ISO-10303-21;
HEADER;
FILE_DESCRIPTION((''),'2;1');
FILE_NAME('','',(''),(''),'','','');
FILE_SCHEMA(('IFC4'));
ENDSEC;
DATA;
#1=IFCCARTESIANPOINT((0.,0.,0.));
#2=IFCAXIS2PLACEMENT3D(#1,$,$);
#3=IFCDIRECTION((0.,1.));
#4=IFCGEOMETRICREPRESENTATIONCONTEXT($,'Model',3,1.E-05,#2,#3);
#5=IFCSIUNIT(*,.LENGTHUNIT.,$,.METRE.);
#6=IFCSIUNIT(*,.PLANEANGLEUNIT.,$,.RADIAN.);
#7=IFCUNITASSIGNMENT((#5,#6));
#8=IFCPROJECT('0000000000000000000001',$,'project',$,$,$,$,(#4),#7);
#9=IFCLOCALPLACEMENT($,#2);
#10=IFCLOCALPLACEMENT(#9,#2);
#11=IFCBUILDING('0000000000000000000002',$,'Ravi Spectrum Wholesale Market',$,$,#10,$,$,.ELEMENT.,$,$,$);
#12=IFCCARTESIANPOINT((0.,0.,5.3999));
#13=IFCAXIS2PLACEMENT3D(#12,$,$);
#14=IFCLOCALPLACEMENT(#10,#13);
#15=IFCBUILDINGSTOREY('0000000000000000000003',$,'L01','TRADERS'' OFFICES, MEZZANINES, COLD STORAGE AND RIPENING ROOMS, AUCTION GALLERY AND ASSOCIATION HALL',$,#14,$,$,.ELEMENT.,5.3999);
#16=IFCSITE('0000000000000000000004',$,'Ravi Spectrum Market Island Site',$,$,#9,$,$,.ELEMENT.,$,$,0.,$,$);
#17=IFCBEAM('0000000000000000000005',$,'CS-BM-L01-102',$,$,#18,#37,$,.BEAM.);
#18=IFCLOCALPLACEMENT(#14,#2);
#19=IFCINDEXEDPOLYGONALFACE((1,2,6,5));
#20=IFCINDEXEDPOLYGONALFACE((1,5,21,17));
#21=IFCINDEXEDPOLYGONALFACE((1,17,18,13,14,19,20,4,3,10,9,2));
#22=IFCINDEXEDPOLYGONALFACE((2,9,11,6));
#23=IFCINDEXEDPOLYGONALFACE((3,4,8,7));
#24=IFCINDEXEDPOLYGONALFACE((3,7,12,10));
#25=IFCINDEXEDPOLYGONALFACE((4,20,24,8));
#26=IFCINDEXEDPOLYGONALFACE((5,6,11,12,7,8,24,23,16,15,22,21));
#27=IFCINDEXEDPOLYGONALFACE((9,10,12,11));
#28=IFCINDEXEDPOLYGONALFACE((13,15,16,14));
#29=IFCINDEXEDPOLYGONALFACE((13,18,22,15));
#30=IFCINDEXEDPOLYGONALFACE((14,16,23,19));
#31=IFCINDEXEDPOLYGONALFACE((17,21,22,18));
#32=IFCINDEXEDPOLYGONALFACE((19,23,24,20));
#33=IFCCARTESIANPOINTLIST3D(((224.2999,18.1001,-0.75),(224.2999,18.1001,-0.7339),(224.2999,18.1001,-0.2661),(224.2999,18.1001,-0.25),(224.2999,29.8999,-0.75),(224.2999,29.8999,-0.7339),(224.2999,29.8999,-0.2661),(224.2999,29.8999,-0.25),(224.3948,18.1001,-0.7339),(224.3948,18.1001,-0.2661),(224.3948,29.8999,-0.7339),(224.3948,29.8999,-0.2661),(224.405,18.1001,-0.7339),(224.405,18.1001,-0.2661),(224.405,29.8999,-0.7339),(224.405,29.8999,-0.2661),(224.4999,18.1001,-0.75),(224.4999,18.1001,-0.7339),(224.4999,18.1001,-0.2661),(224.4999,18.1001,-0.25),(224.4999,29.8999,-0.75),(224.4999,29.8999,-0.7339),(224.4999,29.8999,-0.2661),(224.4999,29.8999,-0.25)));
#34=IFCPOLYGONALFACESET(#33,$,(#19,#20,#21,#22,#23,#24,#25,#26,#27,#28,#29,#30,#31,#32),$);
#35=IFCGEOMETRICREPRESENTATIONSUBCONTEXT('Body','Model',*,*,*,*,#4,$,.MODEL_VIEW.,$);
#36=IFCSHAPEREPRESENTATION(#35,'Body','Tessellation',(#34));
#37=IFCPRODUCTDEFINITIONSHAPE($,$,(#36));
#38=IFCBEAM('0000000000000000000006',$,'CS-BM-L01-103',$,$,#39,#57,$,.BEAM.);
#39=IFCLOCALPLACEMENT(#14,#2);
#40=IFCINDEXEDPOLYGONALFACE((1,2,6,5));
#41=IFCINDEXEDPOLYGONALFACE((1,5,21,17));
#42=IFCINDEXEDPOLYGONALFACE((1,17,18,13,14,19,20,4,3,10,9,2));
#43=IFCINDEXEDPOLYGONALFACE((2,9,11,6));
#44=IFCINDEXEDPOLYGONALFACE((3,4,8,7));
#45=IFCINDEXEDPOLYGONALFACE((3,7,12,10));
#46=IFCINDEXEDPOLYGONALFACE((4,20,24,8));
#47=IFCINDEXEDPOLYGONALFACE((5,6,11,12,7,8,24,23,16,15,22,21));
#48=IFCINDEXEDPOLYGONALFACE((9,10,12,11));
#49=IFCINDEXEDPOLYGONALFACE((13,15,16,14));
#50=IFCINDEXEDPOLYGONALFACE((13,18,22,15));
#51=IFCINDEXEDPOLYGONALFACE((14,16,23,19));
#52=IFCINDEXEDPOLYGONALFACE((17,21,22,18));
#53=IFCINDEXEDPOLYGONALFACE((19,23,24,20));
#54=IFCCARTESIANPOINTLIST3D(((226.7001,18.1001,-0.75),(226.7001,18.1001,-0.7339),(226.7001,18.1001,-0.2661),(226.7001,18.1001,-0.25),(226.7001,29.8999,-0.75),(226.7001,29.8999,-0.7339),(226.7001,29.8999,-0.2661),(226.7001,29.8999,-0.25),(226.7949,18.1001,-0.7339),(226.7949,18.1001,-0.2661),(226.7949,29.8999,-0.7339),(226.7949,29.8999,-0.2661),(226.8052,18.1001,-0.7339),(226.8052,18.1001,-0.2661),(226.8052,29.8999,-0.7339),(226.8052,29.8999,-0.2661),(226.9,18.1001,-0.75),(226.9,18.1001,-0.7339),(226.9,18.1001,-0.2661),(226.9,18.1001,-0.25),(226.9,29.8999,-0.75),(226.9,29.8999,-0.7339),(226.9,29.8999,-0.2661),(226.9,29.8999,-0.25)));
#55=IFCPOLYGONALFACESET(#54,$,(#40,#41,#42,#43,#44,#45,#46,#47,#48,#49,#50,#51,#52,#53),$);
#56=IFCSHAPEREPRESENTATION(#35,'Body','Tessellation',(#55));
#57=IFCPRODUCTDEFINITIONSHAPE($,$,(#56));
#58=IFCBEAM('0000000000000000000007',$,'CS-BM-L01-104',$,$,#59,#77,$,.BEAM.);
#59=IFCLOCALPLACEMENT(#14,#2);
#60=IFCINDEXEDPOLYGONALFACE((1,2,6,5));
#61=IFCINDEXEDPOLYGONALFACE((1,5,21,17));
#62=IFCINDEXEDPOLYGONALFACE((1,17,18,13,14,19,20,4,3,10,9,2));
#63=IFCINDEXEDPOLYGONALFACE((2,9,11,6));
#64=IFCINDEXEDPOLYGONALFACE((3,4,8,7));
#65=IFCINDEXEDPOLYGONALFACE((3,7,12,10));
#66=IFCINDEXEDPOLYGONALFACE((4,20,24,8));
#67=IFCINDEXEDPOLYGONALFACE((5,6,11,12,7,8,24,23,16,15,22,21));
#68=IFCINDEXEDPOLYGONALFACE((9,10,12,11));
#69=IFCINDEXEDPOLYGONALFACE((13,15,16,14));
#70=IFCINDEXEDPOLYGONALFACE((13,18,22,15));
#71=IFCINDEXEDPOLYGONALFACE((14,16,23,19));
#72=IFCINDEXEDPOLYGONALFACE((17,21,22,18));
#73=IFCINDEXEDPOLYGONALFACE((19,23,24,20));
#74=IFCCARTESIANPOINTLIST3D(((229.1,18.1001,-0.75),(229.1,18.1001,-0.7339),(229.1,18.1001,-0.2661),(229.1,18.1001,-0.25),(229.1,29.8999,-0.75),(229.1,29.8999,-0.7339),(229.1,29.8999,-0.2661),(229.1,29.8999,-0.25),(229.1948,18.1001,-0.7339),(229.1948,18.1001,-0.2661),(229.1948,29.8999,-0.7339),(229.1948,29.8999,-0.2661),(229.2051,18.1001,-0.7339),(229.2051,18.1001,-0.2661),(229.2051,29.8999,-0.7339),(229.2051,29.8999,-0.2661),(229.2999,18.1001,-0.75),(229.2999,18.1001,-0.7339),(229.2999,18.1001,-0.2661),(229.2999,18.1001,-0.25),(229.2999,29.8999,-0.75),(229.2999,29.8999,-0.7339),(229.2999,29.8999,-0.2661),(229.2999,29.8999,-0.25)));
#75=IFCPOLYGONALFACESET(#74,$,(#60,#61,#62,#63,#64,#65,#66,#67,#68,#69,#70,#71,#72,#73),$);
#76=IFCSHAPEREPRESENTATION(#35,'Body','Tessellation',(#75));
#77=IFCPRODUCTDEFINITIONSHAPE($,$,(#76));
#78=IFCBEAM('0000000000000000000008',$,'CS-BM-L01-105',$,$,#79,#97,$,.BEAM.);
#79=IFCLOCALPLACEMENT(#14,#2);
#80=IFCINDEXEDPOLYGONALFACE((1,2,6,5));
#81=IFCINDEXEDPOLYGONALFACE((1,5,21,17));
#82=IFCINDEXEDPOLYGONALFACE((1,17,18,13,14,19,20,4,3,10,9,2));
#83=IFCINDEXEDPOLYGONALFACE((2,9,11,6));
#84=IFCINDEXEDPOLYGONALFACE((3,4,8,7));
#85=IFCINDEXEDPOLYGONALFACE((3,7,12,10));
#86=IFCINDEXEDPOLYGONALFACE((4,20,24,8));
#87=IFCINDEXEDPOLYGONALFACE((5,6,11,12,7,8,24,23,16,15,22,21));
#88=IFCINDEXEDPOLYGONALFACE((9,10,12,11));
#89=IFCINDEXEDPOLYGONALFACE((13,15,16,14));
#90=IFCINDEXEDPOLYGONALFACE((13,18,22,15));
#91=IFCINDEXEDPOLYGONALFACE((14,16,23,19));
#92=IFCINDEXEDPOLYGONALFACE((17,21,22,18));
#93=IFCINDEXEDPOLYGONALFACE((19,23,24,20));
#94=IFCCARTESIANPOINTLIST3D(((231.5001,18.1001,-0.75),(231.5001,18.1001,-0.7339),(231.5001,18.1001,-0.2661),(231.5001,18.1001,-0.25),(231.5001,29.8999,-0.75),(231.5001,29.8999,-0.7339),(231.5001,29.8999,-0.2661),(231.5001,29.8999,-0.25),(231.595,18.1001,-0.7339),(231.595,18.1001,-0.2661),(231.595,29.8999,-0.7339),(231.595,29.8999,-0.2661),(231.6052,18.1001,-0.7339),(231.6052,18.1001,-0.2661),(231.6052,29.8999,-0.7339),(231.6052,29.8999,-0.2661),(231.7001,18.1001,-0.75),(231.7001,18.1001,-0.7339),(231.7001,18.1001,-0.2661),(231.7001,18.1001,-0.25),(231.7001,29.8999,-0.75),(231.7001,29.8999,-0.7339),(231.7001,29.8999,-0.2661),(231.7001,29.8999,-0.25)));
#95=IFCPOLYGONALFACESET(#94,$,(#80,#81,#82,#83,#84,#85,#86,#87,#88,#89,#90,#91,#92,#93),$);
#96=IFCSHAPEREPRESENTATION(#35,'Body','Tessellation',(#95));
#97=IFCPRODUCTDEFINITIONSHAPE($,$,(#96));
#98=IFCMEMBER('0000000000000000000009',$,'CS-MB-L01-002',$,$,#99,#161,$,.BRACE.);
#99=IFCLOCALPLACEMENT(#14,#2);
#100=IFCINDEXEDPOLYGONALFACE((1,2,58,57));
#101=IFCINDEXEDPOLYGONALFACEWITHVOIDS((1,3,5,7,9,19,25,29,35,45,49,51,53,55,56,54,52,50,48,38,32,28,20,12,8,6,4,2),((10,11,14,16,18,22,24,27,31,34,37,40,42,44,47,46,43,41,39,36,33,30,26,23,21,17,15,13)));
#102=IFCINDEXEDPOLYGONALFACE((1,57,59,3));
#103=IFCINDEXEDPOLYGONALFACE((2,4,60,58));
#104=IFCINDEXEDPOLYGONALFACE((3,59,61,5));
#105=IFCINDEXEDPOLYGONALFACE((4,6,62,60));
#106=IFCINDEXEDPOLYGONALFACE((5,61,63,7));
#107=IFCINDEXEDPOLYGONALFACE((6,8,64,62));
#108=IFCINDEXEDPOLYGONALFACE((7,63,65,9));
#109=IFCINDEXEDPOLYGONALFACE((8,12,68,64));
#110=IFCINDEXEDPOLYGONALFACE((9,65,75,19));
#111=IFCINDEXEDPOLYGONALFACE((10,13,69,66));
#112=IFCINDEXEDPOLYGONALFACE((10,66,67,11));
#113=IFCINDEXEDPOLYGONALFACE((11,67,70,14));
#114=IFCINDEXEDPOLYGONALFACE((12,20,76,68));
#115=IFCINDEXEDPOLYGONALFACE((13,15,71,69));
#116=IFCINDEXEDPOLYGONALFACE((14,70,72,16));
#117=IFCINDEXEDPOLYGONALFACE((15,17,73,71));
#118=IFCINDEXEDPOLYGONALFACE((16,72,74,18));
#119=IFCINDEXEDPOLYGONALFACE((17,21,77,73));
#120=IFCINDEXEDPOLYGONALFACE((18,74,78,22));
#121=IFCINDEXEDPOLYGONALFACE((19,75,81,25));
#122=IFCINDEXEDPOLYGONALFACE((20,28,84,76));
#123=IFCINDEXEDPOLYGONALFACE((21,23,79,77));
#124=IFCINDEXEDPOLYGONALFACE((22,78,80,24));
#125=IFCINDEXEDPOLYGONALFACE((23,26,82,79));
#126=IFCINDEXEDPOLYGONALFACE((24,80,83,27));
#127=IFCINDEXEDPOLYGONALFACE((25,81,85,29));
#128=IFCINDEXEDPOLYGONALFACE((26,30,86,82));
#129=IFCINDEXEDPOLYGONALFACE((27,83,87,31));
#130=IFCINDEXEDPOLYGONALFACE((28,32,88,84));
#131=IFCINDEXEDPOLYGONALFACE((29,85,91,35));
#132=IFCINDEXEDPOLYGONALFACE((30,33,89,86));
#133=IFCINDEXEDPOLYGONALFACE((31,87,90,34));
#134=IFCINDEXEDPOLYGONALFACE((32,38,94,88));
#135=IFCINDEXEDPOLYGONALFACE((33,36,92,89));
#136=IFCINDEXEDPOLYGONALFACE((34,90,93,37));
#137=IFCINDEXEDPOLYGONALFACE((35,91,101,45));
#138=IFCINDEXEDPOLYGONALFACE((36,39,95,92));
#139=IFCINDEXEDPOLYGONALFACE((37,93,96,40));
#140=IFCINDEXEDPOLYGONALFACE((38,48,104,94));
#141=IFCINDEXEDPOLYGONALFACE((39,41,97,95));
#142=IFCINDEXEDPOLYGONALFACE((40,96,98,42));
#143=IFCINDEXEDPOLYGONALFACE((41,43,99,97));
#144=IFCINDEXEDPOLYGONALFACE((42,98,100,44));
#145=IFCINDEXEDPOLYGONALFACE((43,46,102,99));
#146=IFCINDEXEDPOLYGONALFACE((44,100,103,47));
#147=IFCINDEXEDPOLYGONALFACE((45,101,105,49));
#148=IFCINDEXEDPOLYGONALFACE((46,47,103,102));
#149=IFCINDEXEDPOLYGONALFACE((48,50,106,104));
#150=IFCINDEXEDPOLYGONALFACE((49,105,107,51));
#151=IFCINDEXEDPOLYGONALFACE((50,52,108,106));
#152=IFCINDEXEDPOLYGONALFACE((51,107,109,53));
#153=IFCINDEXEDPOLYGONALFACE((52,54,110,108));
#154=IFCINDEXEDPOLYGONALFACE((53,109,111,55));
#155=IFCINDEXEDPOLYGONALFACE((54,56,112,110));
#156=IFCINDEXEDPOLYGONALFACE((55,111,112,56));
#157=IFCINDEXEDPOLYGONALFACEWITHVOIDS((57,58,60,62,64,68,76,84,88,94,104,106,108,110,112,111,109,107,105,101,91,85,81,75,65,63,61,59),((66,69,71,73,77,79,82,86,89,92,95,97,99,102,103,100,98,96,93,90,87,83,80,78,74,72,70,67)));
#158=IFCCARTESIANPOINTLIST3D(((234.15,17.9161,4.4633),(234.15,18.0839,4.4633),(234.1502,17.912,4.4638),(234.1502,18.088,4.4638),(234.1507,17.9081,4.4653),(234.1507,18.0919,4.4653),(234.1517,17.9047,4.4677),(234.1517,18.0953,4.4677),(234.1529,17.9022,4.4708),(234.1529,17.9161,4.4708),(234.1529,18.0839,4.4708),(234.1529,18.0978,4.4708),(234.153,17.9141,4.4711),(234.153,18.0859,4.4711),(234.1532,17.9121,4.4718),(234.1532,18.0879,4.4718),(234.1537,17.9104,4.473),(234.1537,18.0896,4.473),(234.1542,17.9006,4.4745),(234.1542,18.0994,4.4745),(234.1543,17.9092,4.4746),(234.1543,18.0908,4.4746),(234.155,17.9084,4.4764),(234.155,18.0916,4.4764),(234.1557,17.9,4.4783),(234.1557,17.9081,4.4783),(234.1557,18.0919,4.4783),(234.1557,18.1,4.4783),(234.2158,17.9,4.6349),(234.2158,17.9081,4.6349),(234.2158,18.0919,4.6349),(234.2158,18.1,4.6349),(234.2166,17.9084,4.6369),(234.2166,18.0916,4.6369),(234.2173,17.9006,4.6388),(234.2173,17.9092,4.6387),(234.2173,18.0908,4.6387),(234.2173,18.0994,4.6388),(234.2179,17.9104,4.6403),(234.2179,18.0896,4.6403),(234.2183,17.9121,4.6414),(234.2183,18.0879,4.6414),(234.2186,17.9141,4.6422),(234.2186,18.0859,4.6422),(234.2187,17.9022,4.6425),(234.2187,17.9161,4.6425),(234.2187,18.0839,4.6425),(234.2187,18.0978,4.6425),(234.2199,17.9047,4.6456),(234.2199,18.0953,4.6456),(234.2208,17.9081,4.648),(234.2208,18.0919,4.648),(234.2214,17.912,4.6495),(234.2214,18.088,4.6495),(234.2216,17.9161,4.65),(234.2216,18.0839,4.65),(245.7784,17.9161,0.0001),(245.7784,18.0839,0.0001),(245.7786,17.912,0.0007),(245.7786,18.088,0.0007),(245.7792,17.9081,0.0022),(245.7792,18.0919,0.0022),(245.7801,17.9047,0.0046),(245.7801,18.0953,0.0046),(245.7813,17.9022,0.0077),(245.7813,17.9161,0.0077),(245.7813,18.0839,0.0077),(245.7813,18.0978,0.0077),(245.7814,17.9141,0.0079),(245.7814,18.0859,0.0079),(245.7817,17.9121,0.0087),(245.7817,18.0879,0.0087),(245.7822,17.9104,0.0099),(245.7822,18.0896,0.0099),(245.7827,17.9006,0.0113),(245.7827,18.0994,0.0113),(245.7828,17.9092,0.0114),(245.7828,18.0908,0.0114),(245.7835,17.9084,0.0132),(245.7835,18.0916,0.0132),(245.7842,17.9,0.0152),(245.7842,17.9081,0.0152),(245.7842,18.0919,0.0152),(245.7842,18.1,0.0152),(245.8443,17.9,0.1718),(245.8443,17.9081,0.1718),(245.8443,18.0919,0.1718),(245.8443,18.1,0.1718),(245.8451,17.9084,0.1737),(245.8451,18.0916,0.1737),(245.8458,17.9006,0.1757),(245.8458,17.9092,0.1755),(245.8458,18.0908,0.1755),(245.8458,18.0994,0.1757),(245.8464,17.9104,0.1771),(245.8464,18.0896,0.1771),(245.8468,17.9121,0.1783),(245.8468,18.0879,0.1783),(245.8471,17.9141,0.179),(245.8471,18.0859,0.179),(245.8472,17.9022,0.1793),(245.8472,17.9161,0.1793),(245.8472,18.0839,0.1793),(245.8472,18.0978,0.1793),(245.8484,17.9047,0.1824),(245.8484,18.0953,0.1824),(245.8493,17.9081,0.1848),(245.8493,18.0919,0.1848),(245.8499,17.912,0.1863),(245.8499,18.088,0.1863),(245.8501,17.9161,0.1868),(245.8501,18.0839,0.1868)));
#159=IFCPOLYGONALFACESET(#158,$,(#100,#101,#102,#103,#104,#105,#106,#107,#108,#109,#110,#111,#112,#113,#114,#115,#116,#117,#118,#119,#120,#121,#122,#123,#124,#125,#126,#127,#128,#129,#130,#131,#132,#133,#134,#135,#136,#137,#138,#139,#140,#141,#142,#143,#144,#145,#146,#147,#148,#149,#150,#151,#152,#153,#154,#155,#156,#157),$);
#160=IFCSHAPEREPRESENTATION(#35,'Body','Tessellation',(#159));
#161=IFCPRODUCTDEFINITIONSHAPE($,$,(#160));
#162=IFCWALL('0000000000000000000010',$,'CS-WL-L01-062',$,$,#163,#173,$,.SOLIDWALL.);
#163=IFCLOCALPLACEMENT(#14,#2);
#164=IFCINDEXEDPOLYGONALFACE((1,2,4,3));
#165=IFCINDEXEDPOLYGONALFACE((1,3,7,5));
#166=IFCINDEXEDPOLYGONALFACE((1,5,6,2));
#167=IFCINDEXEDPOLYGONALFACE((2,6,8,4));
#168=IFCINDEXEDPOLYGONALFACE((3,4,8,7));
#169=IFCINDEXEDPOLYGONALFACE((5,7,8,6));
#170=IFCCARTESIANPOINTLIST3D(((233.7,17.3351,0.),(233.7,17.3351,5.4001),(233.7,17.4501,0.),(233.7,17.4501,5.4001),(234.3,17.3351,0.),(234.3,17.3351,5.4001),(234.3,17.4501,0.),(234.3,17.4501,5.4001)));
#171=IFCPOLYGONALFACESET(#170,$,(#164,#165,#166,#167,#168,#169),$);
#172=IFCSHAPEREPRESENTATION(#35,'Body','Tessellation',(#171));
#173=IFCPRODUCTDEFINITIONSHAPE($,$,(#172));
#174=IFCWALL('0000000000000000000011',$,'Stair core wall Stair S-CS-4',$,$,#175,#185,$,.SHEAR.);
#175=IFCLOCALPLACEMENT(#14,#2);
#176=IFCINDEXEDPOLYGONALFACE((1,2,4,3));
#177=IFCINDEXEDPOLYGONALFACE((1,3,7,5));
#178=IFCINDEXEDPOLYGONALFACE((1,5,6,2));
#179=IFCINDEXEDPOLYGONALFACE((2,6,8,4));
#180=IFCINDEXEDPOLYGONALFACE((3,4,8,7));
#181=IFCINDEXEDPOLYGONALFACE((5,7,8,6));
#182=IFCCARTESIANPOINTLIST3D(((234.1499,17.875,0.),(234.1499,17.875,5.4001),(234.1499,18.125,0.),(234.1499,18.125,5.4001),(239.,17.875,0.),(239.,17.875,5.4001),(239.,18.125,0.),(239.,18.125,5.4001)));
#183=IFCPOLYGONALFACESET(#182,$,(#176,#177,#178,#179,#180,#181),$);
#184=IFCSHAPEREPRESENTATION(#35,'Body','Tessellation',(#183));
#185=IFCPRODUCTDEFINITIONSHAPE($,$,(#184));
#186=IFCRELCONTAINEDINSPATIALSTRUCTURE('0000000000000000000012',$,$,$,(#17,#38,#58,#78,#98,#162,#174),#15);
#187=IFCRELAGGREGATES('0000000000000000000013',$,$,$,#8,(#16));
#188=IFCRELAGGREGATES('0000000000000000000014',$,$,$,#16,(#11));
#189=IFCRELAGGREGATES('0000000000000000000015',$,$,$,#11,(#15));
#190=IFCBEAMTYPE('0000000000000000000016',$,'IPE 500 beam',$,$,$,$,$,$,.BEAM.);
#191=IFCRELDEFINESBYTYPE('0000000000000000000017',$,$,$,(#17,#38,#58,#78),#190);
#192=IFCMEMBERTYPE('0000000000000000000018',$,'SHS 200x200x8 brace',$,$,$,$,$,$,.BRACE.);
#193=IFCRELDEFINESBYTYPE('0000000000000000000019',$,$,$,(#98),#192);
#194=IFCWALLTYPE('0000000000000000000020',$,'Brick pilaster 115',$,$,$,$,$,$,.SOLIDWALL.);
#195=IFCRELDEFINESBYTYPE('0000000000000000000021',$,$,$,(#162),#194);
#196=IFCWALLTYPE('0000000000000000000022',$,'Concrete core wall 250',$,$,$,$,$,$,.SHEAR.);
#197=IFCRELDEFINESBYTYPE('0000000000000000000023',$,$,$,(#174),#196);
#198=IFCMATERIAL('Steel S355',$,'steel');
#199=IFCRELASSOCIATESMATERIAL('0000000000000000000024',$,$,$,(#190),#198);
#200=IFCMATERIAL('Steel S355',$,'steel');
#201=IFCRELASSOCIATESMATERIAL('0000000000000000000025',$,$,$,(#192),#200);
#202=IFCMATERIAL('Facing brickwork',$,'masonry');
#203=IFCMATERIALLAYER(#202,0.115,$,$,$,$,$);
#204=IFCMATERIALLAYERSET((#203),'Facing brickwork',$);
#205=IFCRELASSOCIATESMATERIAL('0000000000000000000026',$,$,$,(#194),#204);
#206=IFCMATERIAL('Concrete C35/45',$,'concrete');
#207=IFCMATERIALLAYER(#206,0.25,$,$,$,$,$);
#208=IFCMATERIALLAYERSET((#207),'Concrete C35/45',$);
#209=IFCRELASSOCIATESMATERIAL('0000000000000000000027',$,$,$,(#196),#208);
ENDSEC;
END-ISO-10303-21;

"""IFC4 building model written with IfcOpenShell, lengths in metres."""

from ifc_helpers import new_model, si_unit, direction, frame, frame_2d, origin, origin_2d, place, context, subcontext, project, spatial, rectangle, hollow_rectangle, i_section, extrude, material, layer, layer_set, material_profile, profile_set, type_object, element, save


model = new_model("IFC4")

# Units and contexts
model_context = context("Model", 3, precision=1e-05, world=origin(), true_north=direction((0.0, 1.0)))
body_context = subcontext(model_context, "Body", "Model", "MODEL_VIEW")
ifc_project = project(units=[si_unit("LENGTHUNIT", "METRE"), si_unit("PLANEANGLEUNIT", "RADIAN")], contexts=[model_context])

# Site, building, storey
site_placement = place(None, origin())
site = spatial("IfcSite", under=ifc_project, at=site_placement, Name="Ravi Spectrum Market Island Site", CompositionType="ELEMENT", RefElevation=0.0)
building_placement = place(site_placement, origin())
building = spatial("IfcBuilding", under=site, at=building_placement, Name="Ravi Spectrum Wholesale Market", CompositionType="ELEMENT")
storey_placement = place(building_placement, frame((0.0, 0.0, 5.3999)))
storey = spatial("IfcBuildingStorey", under=building, at=storey_placement, Name="L01", Description="TRADERS' OFFICES, MEZZANINES, COLD STORAGE AND RIPENING ROOMS, AUCTION GALLERY AND ASSOCIATION HALL", CompositionType="ELEMENT", Elevation=5.3999)

# Beams
ifc_material_1 = material(Name="Steel S355", Category="steel")
ifc_material_profile_1 = material_profile(ifc_material_1, i_section(OverallWidth=0.2, OverallDepth=0.5, WebThickness=0.0103, FlangeThickness=0.0161, at=origin_2d()))
ifc_profile_set_1 = profile_set([ifc_material_profile_1], Name="Steel S355")
beam_type_1 = type_object("IfcBeamType", Name="IPE 500 beam", PredefinedType="BEAM", material=ifc_profile_set_1)
for number, where, z_axis, x_axis, name in (
    (1, (224.3999, 18.1001, -0.5), (0.0, 1.0, 0.0), (-1.0, 0.0, 0.0), "CS-BM-L01-102"),
    (2, (226.8, 18.1001, -0.5), (0.0, 1.0, 0.0), (-1.0, 0.0, 0.0), "CS-BM-L01-103"),
    (3, (229.2, 18.1001, -0.5), (0.0, 1.0, 0.0), (-1.0, 0.0, 0.0), "CS-BM-L01-104"),
    (4, (231.6001, 18.1001, -0.5), (0.0, 1.0, 0.0), (-1.0, 0.0, 0.0), "CS-BM-L01-105"),
):
    element("IfcBeam", number, at=place(storey_placement, frame(where, z_axis=z_axis, x_axis=x_axis)), inside=storey, type_object=beam_type_1, Name=name, PredefinedType="BEAM", context=body_context, shape_type="SweptSolid", body=[
        extrude(i_section(OverallWidth=0.2, OverallDepth=0.5, WebThickness=0.0103, FlangeThickness=0.0161, at=origin_2d()), origin(), (0.0, 0.0, 1.0), 11.7998),
    ])

# Member
ifc_material_2 = material(Name="Steel S355", Category="steel")
ifc_material_profile_2 = material_profile(ifc_material_2, hollow_rectangle(XDim=0.2, YDim=0.2, WallThickness=0.0081, InnerFilletRadius=0.0081, OuterFilletRadius=0.0161, at=origin_2d()))
ifc_profile_set_2 = profile_set([ifc_material_profile_2], Name="Steel S355")
member_type = type_object("IfcMemberType", Name="SHS 200x200x8 brace", PredefinedType="BRACE", material=ifc_profile_set_2)
member_placement = place(storey_placement, frame((234.1858, 18.0, 4.5566), z_axis=(0.933596, 0.0, -0.358326), x_axis=(0.0, 1.0, 0.0)))
element("IfcMember", 5, at=member_placement, inside=storey, type_object=member_type, Name="CS-MB-L01-002", PredefinedType="BRACE", context=body_context, shape_type="SweptSolid", body=[
    extrude(hollow_rectangle(XDim=0.2, YDim=0.2, WallThickness=0.0081, InnerFilletRadius=0.0081, OuterFilletRadius=0.0161, at=origin_2d()), origin(), (0.0, 0.0, 1.0), 12.4556),
])

# Walls
ifc_material_3 = material(Name="Facing brickwork", Category="masonry")
ifc_layer_1 = layer(ifc_material_3, 0.115)
ifc_layer_set_1 = layer_set([ifc_layer_1], Name="Facing brickwork")
wall_type_1 = type_object("IfcWallType", Name="Brick pilaster 115", PredefinedType="SOLIDWALL", material=ifc_layer_set_1)
wall_1_placement = place(storey_placement, frame((233.7, 17.3926, 0.0), z_axis=(0.0, 0.0, 1.0), x_axis=(1.0, 0.0, 0.0)))
element("IfcWall", 6, at=wall_1_placement, inside=storey, type_object=wall_type_1, Name="CS-WL-L01-062", PredefinedType="SOLIDWALL", context=body_context, shape_type="SweptSolid", body=[
    extrude(rectangle(XDim=0.6001, YDim=0.115, at=frame_2d((0.3, 0.0))), origin(), (0.0, 0.0, 1.0), 5.4001),
])
ifc_material_4 = material(Name="Concrete C35/45", Category="concrete")
ifc_layer_2 = layer(ifc_material_4, 0.25)
ifc_layer_set_2 = layer_set([ifc_layer_2], Name="Concrete C35/45")
wall_type_2 = type_object("IfcWallType", Name="Concrete core wall 250", PredefinedType="SHEAR", material=ifc_layer_set_2)
wall_2_placement = place(storey_placement, frame((234.1499, 18.0, 0.0), z_axis=(0.0, 0.0, 1.0), x_axis=(1.0, 0.0, 0.0)))
element("IfcWall", 7, at=wall_2_placement, inside=storey, type_object=wall_type_2, Name="Stair core wall Stair S-CS-4", PredefinedType="SHEAR", context=body_context, shape_type="SweptSolid", body=[
    extrude(rectangle(XDim=4.8501, YDim=0.25, at=frame_2d((2.425, 0.0))), origin(), (0.0, 0.0, 1.0), 5.4001),
])

save(model, "model.ifc")
